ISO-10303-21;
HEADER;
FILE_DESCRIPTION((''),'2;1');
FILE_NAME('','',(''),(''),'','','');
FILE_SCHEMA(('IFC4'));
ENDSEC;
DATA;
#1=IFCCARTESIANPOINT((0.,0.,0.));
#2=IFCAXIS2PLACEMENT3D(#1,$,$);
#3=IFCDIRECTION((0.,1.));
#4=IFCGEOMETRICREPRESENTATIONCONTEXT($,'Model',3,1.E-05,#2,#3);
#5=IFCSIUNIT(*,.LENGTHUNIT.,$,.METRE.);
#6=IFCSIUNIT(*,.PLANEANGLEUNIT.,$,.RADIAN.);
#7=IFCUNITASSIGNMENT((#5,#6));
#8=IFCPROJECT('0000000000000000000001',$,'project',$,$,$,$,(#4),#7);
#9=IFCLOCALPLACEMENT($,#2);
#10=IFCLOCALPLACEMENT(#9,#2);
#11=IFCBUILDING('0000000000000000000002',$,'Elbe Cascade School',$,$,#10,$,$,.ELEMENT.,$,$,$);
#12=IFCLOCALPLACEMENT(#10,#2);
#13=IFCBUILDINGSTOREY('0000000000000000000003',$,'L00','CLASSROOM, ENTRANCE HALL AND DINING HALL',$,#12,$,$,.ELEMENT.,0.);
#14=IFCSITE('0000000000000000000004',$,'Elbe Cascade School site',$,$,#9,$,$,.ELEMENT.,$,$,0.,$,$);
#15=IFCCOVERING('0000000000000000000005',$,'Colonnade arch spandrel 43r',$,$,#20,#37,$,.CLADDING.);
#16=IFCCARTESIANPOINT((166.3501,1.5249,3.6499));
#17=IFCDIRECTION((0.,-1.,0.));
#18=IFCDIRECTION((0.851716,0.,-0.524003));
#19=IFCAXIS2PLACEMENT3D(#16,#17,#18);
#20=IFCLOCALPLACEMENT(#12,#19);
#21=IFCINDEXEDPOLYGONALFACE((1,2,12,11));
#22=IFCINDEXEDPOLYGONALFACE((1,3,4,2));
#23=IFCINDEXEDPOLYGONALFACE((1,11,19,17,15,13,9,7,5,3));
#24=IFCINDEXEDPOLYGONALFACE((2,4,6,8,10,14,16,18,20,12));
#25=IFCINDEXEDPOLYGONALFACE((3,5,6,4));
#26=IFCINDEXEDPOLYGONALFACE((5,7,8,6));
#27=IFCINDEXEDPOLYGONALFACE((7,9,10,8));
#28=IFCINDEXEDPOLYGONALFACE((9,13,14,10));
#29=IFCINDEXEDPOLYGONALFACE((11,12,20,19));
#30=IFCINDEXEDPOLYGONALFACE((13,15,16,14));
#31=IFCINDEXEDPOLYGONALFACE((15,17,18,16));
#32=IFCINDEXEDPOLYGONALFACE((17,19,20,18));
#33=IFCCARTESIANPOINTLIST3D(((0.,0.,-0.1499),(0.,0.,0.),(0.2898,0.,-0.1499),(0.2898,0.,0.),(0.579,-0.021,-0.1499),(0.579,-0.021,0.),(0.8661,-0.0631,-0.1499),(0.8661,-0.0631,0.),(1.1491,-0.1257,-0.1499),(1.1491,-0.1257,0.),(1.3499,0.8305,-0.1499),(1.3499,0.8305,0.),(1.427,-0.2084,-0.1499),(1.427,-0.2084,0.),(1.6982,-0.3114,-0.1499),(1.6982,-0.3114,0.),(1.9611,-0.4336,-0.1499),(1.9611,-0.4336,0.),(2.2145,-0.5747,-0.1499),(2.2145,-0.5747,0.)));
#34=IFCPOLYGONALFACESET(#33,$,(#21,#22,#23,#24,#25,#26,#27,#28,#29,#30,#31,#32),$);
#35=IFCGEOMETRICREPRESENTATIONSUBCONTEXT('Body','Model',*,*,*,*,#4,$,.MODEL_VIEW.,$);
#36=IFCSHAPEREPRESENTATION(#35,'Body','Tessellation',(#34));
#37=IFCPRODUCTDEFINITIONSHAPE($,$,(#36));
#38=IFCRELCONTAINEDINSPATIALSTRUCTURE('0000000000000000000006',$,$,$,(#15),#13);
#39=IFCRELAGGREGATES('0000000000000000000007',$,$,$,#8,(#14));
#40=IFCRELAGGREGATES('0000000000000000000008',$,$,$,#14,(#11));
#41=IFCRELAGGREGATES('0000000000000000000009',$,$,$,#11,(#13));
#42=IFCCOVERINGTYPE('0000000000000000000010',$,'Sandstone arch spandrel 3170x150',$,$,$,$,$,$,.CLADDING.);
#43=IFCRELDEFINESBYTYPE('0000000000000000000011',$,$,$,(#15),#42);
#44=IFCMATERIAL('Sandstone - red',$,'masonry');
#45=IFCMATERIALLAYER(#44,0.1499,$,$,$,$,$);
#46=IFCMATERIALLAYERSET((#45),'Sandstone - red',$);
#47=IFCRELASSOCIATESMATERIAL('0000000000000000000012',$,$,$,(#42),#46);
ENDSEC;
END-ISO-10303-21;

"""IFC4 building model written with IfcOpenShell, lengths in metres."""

from ifc_helpers import new_model, si_unit, direction, frame, origin, place, context, subcontext, project, spatial, polyline, outline, extrude, material, layer, layer_set, type_object, element, save


model = new_model("IFC4")

# Units and contexts
model_context = context("Model", 3, precision=1e-05, world=origin(), true_north=direction((0.0, 1.0)))
body_context = subcontext(model_context, "Body", "Model", "MODEL_VIEW")
ifc_project = project(units=[si_unit("LENGTHUNIT", "METRE"), si_unit("PLANEANGLEUNIT", "RADIAN")], contexts=[model_context])

# Site, building, storey
site_placement = place(None, origin())
site = spatial("IfcSite", under=ifc_project, at=site_placement, Name="Elbe Cascade School site", CompositionType="ELEMENT", RefElevation=0.0)
building_placement = place(site_placement, origin())
building = spatial("IfcBuilding", under=site, at=building_placement, Name="Elbe Cascade School", CompositionType="ELEMENT")
storey_placement = place(building_placement, origin())
storey = spatial("IfcBuildingStorey", under=building, at=storey_placement, Name="L00", Description="CLASSROOM, ENTRANCE HALL AND DINING HALL", CompositionType="ELEMENT", Elevation=0.0)

# Covering
ifc_material_1 = material(Name="Sandstone - red", Category="masonry")
ifc_layer_1 = layer(ifc_material_1, 0.1499)
ifc_layer_set_1 = layer_set([ifc_layer_1], Name="Sandstone - red")
covering_type = type_object("IfcCoveringType", Name="Sandstone arch spandrel 3170x150", PredefinedType="CLADDING", material=ifc_layer_set_1)
covering_1_placement = place(storey_placement, frame((166.3501, 1.5249, 3.6499), z_axis=(0.0, -1.0, 0.0), x_axis=(0.851716, 0.0, -0.524003)))
element("IfcCovering", 1, at=covering_1_placement, inside=storey, type_object=covering_type, Name="Colonnade arch spandrel 43r", PredefinedType="CLADDING", context=body_context, shape_type="SweptSolid", body=[
    extrude(outline(polyline([(0.0, 0.0), (0.2898, 0.0), (0.579, -0.021), (0.8661, -0.0631), (1.1491, -0.1257), (1.427, -0.2084), (1.6982, -0.3114), (1.9611, -0.4336), (2.2145, -0.5747), (1.3499, 0.8305), (0.0, 0.0)])), origin(), (0.0, 0.0, -1.0), 0.1499),
])

save(model, "model.ifc")
